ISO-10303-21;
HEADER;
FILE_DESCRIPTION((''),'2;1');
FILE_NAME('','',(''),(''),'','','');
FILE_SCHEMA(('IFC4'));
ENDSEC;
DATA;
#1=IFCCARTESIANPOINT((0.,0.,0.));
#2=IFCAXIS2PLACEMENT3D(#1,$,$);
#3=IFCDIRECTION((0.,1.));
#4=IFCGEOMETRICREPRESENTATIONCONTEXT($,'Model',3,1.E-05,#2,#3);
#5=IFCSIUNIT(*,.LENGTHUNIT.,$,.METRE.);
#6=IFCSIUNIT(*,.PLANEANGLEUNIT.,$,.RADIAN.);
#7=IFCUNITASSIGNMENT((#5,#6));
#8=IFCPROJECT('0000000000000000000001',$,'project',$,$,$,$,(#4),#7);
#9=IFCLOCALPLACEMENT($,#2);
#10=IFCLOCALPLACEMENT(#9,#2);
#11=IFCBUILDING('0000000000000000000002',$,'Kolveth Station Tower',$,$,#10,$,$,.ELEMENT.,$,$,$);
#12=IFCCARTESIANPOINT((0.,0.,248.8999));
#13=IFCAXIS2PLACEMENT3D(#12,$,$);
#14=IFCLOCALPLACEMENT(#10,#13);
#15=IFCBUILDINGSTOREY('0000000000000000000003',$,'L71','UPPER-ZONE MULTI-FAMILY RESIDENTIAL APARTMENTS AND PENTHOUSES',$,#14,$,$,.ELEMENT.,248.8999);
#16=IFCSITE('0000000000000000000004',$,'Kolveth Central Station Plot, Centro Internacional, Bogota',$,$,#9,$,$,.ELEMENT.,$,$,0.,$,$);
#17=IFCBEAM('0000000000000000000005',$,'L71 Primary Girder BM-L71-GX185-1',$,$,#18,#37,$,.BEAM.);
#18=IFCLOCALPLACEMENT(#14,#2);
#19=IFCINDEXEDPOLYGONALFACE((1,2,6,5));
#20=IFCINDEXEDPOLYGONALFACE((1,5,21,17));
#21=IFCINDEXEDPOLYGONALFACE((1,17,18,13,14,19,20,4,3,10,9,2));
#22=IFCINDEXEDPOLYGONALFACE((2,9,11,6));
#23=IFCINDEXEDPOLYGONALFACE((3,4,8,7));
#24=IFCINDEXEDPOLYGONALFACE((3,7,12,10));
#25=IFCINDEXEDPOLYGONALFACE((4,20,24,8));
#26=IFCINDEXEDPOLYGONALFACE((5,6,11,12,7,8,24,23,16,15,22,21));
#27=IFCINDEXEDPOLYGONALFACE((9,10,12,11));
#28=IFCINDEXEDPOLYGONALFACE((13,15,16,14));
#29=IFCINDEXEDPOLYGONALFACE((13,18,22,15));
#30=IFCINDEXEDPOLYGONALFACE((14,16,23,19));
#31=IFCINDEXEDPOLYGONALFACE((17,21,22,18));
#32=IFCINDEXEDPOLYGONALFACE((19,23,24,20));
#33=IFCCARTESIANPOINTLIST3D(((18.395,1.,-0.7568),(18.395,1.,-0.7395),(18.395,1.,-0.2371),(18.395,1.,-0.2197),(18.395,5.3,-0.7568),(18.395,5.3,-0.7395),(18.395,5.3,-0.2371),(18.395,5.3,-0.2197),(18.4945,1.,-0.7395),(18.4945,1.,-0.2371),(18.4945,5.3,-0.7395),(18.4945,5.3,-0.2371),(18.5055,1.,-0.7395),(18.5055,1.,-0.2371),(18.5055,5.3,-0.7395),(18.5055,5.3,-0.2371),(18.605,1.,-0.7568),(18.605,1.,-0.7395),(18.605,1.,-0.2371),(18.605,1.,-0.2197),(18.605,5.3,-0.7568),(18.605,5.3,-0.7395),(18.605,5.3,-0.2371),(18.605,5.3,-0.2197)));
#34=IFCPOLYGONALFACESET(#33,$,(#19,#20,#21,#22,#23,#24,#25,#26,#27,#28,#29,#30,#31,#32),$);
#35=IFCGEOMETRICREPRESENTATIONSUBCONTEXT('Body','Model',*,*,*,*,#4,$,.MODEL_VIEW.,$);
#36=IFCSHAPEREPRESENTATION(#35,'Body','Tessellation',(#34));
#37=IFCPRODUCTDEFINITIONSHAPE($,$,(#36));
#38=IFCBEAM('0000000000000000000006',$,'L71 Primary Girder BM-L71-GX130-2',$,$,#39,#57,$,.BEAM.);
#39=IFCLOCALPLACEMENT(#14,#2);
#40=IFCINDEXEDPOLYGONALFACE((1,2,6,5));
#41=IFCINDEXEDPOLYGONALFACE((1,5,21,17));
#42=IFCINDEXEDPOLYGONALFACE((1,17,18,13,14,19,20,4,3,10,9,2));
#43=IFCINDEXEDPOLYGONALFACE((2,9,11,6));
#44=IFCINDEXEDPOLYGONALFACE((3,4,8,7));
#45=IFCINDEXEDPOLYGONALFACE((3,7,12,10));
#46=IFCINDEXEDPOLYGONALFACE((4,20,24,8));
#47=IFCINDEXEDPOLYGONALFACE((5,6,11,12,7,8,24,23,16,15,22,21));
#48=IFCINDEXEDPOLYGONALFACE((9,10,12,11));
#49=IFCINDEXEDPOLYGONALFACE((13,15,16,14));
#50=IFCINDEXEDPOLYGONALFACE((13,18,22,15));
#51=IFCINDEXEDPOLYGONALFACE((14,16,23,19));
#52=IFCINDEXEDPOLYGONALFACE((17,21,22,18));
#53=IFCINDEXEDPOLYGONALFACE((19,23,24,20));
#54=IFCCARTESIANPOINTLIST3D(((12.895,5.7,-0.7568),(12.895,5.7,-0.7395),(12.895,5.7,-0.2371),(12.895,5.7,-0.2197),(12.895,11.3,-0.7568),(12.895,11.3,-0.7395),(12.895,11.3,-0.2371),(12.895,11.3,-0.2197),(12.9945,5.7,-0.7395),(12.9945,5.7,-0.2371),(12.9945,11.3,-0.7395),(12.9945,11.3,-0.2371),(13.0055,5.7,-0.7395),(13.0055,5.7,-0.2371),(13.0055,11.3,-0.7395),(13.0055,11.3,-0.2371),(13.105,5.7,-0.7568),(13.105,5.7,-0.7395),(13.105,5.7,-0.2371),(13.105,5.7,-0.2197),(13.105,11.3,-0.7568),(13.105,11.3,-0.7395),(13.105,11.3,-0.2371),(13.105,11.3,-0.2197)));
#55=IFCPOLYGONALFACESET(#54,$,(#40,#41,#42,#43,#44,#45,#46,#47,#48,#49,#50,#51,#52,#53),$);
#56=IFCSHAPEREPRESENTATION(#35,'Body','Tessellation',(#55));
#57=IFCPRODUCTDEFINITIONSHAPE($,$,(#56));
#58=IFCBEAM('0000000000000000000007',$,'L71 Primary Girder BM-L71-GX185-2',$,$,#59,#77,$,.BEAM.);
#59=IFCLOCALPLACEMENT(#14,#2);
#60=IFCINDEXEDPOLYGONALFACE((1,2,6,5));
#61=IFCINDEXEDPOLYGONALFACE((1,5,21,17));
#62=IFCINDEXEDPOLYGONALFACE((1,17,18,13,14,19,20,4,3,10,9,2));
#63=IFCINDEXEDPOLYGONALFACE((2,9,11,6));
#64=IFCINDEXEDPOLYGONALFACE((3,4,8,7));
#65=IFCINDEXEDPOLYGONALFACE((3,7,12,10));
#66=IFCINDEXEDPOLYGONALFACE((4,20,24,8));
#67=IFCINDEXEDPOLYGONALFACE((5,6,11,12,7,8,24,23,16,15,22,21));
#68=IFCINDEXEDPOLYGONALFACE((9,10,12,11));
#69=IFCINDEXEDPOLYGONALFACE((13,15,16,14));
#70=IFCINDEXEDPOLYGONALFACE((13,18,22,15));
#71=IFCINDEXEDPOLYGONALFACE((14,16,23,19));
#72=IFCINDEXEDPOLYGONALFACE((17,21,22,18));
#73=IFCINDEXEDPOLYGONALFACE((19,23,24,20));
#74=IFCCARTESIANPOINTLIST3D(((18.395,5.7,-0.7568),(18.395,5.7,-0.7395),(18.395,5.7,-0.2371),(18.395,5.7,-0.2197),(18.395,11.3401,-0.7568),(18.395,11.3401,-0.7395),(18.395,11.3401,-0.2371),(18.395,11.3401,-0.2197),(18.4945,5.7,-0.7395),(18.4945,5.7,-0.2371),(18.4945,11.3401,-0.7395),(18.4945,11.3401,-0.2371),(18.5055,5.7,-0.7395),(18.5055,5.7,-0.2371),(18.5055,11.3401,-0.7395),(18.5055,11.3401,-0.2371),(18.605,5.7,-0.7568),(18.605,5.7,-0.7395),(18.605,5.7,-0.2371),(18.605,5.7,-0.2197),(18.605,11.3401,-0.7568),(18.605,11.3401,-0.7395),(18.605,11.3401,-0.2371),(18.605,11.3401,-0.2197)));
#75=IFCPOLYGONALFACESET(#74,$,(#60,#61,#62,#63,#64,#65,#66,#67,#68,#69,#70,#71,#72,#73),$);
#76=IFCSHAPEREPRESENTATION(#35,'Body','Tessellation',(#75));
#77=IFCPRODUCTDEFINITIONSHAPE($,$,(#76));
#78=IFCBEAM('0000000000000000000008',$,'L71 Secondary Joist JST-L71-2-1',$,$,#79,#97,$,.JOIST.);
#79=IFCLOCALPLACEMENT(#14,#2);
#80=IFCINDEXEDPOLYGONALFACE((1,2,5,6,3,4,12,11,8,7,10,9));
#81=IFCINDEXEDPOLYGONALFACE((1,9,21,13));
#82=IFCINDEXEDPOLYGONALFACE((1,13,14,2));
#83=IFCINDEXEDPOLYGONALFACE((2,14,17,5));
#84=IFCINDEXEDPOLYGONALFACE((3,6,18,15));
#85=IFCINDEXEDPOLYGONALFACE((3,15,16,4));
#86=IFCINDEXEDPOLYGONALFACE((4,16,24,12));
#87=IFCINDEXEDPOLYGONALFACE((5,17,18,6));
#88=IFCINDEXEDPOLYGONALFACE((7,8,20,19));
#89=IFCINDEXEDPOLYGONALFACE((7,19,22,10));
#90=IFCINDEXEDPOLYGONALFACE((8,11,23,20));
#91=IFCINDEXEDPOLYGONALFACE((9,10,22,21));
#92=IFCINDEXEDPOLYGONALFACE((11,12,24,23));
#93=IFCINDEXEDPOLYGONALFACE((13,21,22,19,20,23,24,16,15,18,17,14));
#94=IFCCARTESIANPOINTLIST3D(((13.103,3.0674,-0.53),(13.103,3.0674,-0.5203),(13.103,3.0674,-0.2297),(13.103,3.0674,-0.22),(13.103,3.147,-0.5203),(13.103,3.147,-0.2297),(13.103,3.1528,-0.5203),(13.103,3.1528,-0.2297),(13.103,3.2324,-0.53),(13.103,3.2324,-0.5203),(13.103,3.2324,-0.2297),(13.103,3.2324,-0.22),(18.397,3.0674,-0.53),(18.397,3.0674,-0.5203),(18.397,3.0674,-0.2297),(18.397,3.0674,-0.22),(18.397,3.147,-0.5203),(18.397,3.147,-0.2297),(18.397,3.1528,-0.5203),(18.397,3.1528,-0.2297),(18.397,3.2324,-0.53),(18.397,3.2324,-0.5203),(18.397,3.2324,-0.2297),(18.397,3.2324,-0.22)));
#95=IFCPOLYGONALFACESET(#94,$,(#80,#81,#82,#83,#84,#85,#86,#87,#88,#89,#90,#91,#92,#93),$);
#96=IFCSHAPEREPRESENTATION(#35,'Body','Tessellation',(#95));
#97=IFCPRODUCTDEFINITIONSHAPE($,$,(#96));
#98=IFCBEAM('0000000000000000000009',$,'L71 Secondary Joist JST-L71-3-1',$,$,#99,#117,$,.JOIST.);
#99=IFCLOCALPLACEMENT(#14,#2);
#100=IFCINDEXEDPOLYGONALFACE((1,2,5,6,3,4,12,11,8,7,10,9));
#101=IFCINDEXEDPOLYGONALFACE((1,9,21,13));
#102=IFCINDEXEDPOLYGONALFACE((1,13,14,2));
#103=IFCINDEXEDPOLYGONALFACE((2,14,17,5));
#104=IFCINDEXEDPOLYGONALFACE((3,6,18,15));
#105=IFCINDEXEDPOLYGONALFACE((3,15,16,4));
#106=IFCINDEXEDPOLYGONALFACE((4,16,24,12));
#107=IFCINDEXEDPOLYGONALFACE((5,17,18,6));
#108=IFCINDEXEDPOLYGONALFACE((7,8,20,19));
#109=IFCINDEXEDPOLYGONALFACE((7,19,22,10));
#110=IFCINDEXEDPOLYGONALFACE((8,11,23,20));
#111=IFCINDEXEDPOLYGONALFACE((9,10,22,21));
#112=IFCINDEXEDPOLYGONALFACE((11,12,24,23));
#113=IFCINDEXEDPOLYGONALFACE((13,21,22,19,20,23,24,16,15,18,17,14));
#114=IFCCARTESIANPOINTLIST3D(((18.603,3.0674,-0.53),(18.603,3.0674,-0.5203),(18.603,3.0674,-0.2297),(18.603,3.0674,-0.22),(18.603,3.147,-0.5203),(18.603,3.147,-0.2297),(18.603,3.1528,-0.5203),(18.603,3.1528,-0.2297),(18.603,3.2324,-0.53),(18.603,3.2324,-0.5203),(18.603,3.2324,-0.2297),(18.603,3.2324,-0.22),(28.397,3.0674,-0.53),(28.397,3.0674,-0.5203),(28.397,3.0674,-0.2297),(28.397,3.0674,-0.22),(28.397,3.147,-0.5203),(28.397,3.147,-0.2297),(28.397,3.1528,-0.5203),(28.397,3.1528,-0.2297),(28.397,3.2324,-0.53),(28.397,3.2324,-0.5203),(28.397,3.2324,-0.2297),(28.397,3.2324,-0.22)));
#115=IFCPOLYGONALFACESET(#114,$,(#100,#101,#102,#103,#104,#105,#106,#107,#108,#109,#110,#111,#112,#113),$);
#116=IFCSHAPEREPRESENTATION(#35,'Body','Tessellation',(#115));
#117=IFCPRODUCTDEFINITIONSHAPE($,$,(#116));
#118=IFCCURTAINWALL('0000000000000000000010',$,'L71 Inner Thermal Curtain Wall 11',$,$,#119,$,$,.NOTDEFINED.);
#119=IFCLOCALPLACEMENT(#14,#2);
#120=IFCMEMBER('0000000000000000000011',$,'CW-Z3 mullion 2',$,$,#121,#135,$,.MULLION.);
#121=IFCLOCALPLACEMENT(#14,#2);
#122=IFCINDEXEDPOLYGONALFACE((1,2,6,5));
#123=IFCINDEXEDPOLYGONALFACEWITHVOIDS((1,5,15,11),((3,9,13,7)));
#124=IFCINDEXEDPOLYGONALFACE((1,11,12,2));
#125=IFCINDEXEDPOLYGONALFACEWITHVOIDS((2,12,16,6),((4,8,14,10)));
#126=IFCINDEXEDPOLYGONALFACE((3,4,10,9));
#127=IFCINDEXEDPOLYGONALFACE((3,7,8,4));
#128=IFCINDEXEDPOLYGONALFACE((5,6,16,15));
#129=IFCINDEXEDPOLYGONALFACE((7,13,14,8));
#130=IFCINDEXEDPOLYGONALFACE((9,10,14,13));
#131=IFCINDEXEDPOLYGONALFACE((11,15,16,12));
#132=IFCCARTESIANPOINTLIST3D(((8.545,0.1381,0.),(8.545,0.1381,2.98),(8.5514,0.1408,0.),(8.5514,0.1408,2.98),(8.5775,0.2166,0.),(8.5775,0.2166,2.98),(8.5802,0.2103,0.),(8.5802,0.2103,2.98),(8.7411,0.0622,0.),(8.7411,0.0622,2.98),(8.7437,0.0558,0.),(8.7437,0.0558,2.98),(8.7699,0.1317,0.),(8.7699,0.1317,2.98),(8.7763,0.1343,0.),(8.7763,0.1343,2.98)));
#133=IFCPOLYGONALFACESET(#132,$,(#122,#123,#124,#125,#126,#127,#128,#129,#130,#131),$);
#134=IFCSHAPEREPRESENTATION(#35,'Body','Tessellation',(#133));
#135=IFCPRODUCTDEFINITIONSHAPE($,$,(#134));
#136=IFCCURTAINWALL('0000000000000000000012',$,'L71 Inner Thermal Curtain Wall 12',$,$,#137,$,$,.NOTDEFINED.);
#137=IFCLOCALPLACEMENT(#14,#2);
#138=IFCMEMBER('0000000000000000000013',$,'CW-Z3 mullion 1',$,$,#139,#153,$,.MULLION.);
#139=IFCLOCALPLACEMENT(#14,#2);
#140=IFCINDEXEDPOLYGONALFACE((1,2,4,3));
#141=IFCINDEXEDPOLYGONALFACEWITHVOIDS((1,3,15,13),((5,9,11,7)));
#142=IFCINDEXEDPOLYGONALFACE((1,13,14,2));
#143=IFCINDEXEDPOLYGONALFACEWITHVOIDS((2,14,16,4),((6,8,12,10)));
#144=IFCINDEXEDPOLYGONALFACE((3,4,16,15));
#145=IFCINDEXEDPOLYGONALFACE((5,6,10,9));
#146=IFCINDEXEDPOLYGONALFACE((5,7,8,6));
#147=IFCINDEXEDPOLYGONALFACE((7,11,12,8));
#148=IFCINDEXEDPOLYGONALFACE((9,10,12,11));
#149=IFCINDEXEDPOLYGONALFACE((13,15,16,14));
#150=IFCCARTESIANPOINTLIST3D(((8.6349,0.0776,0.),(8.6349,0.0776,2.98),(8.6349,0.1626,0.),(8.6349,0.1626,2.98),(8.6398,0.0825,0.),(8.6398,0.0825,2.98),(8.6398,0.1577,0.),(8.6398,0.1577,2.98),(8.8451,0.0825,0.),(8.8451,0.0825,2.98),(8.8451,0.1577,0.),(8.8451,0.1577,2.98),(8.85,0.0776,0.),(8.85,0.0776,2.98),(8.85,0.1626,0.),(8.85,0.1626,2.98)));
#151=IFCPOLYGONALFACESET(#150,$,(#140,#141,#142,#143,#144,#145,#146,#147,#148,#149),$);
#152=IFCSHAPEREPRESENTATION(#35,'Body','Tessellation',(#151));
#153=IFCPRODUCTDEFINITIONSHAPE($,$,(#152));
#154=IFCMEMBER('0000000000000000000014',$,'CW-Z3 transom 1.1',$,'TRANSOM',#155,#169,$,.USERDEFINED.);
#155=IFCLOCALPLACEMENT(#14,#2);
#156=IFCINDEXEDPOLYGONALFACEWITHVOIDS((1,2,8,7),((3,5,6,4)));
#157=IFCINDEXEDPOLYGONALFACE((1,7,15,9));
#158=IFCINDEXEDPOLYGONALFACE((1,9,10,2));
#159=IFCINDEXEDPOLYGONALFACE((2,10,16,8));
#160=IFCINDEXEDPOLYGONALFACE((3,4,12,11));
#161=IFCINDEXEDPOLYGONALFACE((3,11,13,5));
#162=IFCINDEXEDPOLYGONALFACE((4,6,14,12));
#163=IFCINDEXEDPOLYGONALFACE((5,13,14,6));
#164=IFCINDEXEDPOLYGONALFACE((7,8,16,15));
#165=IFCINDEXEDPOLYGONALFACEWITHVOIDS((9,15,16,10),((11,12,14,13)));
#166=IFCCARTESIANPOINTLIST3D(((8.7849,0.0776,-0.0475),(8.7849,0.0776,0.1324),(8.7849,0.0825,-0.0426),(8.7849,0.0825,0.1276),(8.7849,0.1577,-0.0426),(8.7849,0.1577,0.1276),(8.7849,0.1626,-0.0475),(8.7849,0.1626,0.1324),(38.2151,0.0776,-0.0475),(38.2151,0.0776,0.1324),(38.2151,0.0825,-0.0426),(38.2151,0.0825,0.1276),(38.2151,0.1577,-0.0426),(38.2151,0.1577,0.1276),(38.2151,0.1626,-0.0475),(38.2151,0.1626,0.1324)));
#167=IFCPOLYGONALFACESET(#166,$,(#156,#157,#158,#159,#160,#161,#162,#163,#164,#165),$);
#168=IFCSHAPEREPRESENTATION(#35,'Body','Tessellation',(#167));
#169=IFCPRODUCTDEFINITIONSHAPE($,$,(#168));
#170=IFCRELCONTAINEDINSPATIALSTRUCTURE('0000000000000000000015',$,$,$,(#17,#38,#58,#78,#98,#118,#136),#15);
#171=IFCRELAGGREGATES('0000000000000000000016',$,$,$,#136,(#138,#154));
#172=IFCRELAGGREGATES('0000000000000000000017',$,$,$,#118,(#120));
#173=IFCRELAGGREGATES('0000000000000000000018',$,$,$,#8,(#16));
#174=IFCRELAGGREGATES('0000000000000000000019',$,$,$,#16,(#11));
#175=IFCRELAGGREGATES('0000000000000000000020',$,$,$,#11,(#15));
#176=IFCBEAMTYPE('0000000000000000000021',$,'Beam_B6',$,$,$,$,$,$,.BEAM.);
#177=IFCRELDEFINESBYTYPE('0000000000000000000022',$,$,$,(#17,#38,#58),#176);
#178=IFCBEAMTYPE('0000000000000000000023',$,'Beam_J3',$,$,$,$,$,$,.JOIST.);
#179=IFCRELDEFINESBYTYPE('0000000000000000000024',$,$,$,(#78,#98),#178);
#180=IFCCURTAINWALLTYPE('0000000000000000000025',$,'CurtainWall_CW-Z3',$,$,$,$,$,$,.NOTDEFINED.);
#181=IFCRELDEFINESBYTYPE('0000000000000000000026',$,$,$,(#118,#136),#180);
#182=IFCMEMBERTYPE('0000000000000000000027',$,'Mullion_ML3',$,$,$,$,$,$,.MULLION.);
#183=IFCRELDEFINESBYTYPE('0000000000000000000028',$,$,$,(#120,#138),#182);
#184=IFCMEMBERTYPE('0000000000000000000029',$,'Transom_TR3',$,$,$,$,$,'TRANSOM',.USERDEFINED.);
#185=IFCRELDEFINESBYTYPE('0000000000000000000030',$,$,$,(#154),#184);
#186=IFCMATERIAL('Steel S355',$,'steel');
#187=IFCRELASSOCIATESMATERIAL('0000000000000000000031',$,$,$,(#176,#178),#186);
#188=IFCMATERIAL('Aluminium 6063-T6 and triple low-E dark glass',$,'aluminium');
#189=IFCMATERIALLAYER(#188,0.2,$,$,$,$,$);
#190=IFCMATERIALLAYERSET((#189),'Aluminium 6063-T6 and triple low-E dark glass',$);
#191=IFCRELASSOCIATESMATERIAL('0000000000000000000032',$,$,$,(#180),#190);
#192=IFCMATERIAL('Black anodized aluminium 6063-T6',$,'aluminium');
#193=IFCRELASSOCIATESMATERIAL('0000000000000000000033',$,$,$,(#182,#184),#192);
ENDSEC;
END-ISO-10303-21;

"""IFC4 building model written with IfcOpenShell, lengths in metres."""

from ifc_helpers import new_model, si_unit, direction, frame, origin, origin_2d, place, context, subcontext, project, spatial, hollow_rectangle, i_section, extrude, source, transform, mapped, material, layer, layer_set, material_profile, profile_set, type_object, element, aggregate, save


model = new_model("IFC4")

# Units and contexts
model_context = context("Model", 3, precision=1e-05, world=origin(), true_north=direction((0.0, 1.0)))
body_context = subcontext(model_context, "Body", "Model", "MODEL_VIEW")
ifc_project = project(units=[si_unit("LENGTHUNIT", "METRE"), si_unit("PLANEANGLEUNIT", "RADIAN")], contexts=[model_context])

# Site, building, storey
site_placement = place(None, origin())
site = spatial("IfcSite", under=ifc_project, at=site_placement, Name="Kolveth Central Station Plot, Centro Internacional, Bogota", CompositionType="ELEMENT", RefElevation=0.0)
building_placement = place(site_placement, origin())
building = spatial("IfcBuilding", under=site, at=building_placement, Name="Kolveth Station Tower", CompositionType="ELEMENT")
storey_placement = place(building_placement, frame((0.0, 0.0, 248.8999)))
storey = spatial("IfcBuildingStorey", under=building, at=storey_placement, Name="L71", Description="UPPER-ZONE MULTI-FAMILY RESIDENTIAL APARTMENTS AND PENTHOUSES", CompositionType="ELEMENT", Elevation=248.8999)

# Shared definitions
ifc_material_1 = material(Name="Steel S355", Category="steel")

# Beams
ifc_material_profile_1 = material_profile(ifc_material_1, i_section(OverallWidth=0.21, OverallDepth=0.5371, WebThickness=0.011, FlangeThickness=0.0173, at=origin_2d()), Name="W530x101")
ifc_profile_set_1 = profile_set([ifc_material_profile_1], Name="Steel S355")
beam_type_1 = type_object("IfcBeamType", Name="Beam_B6", PredefinedType="BEAM", material=ifc_profile_set_1)
shared_shape_1 = source(origin(), body_context, "Body", "SweptSolid", [
    extrude(i_section(OverallWidth=0.21, OverallDepth=0.5371, WebThickness=0.011, FlangeThickness=0.0173, at=origin_2d()), origin(), (0.0, 0.0, 1.0), 4.3),
])
for number, where, z_axis, x_axis, name in (
    (1, (18.5, 1.0, -0.4883), (0.0, 1.0, 0.0), (-1.0, 0.0, 0.0), "L71 Primary Girder BM-L71-GX185-1"),
):
    element("IfcBeam", number, at=place(storey_placement, frame(where, z_axis=z_axis, x_axis=x_axis)), inside=storey, type_object=beam_type_1, Name=name, PredefinedType="BEAM", context=body_context, shape_type="MappedRepresentation", body=[
        mapped(shared_shape_1, transform((0.0, 0.0, 0.0), x_axis=(1.0, 0.0, 0.0), y_axis=(0.0, 1.0, 0.0), z_axis=(0.0, 0.0, 1.0), scale=1.0)),
    ])
shared_shape_2 = source(origin(), body_context, "Body", "SweptSolid", [
    extrude(i_section(OverallWidth=0.21, OverallDepth=0.5371, WebThickness=0.011, FlangeThickness=0.0173, at=origin_2d()), origin(), (0.0, 0.0, 1.0), 5.6001),
])
beam_1_placement = place(storey_placement, frame((13.0, 5.7, -0.4883), z_axis=(0.0, 1.0, 0.0), x_axis=(-1.0, 0.0, 0.0)))
element("IfcBeam", 2, at=beam_1_placement, inside=storey, type_object=beam_type_1, Name="L71 Primary Girder BM-L71-GX130-2", PredefinedType="BEAM", context=body_context, shape_type="MappedRepresentation", body=[
    mapped(shared_shape_2, transform((0.0, 0.0, 0.0), x_axis=(1.0, 0.0, 0.0), y_axis=(0.0, 1.0, 0.0), z_axis=(0.0, 0.0, 1.0), scale=1.0)),
])
shared_shape_3 = source(origin(), body_context, "Body", "SweptSolid", [
    extrude(i_section(OverallWidth=0.21, OverallDepth=0.5371, WebThickness=0.011, FlangeThickness=0.0173, at=origin_2d()), origin(), (0.0, 0.0, 1.0), 5.6401),
])
beam_2_placement = place(storey_placement, frame((18.5, 5.7, -0.4883), z_axis=(0.0, 1.0, 0.0), x_axis=(-1.0, 0.0, 0.0)))
element("IfcBeam", 3, at=beam_2_placement, inside=storey, type_object=beam_type_1, Name="L71 Primary Girder BM-L71-GX185-2", PredefinedType="BEAM", context=body_context, shape_type="MappedRepresentation", body=[
    mapped(shared_shape_3, transform((0.0, 0.0, 0.0), x_axis=(1.0, 0.0, 0.0), y_axis=(0.0, 1.0, 0.0), z_axis=(0.0, 0.0, 1.0), scale=1.0)),
])
ifc_material_profile_2 = material_profile(ifc_material_1, i_section(OverallWidth=0.165, OverallDepth=0.3101, WebThickness=0.0059, FlangeThickness=0.0098, at=origin_2d()), Name="W310x39")
ifc_profile_set_2 = profile_set([ifc_material_profile_2], Name="Steel S355")
beam_type_2 = type_object("IfcBeamType", Name="Beam_J3", PredefinedType="JOIST", material=ifc_profile_set_2)
shared_shape_4 = source(origin(), body_context, "Body", "SweptSolid", [
    extrude(i_section(OverallWidth=0.165, OverallDepth=0.3101, WebThickness=0.0059, FlangeThickness=0.0098, at=origin_2d()), origin(), (0.0, 0.0, 1.0), 5.2939),
])
beam_3_placement = place(storey_placement, frame((13.103, 3.1499, -0.375), z_axis=(1.0, 0.0, 0.0), x_axis=(0.0, 1.0, 0.0)))
element("IfcBeam", 4, at=beam_3_placement, inside=storey, type_object=beam_type_2, Name="L71 Secondary Joist JST-L71-2-1", PredefinedType="JOIST", context=body_context, shape_type="MappedRepresentation", body=[
    mapped(shared_shape_4, transform((0.0, 0.0, 0.0), x_axis=(1.0, 0.0, 0.0), y_axis=(0.0, 1.0, 0.0), z_axis=(0.0, 0.0, 1.0), scale=1.0)),
])
shared_shape_5 = source(origin(), body_context, "Body", "SweptSolid", [
    extrude(i_section(OverallWidth=0.165, OverallDepth=0.3101, WebThickness=0.0059, FlangeThickness=0.0098, at=origin_2d()), origin(), (0.0, 0.0, 1.0), 9.7939),
])
beam_4_placement = place(storey_placement, frame((18.603, 3.1499, -0.375), z_axis=(1.0, 0.0, 0.0), x_axis=(0.0, 1.0, 0.0)))
element("IfcBeam", 5, at=beam_4_placement, inside=storey, type_object=beam_type_2, Name="L71 Secondary Joist JST-L71-3-1", PredefinedType="JOIST", context=body_context, shape_type="MappedRepresentation", body=[
    mapped(shared_shape_5, transform((0.0, 0.0, 0.0), x_axis=(1.0, 0.0, 0.0), y_axis=(0.0, 1.0, 0.0), z_axis=(0.0, 0.0, 1.0), scale=1.0)),
])

# Curtain wall, member
ifc_material_2 = material(Name="Aluminium 6063-T6 and triple low-E dark glass", Category="aluminium")
ifc_layer_1 = layer(ifc_material_2, 0.2)
ifc_layer_set_1 = layer_set([ifc_layer_1], Name="Aluminium 6063-T6 and triple low-E dark glass")
curtain_wall_type_1 = type_object("IfcCurtainWallType", Name="CurtainWall_CW-Z3", PredefinedType="NOTDEFINED", material=ifc_layer_set_1)
curtain_wall_1_placement = place(storey_placement, origin())
curtain_wall_1 = element("IfcCurtainWall", 6, at=curtain_wall_1_placement, inside=storey, type_object=curtain_wall_type_1, Name="L71 Inner Thermal Curtain Wall 11", PredefinedType="NOTDEFINED")
ifc_material_3 = material(Name="Black anodized aluminium 6063-T6", Category="aluminium")
ifc_material_profile_3 = material_profile(ifc_material_3, hollow_rectangle(XDim=0.085, YDim=0.2151, WallThickness=0.0049, at=origin_2d()), Name="ALU-85x215x5")
ifc_profile_set_3 = profile_set([ifc_material_profile_3], Name="Black anodized aluminium 6063-T6")
member_type_1 = type_object("IfcMemberType", Name="Mullion_ML3", PredefinedType="MULLION", material=ifc_profile_set_3)
shared_shape_6 = source(origin(), body_context, "Body", "SweptSolid", [
    extrude(hollow_rectangle(XDim=0.085, YDim=0.2151, WallThickness=0.0049, at=origin_2d()), origin(), (0.0, 0.0, 1.0), 2.98),
])
member_1_placement = place(storey_placement, frame((8.6606, 0.1362, 0.0), z_axis=(0.0, 0.0, 1.0), x_axis=(0.382693, 0.923875, 0.0)))
member_1 = element("IfcMember", 7, at=member_1_placement, type_object=member_type_1, Name="CW-Z3 mullion 2", PredefinedType="MULLION", context=body_context, shape_type="MappedRepresentation", body=[
    mapped(shared_shape_6, transform((0.0, 0.0, 0.0), x_axis=(1.0, 0.0, 0.0), y_axis=(0.0, 1.0, 0.0), z_axis=(0.0, 0.0, 1.0), scale=1.0)),
])

# Curtain wall, members
curtain_wall_2_placement = place(storey_placement, origin())
curtain_wall_2 = element("IfcCurtainWall", 8, at=curtain_wall_2_placement, inside=storey, type_object=curtain_wall_type_1, Name="L71 Inner Thermal Curtain Wall 12", PredefinedType="NOTDEFINED")
member_2_placement = place(storey_placement, frame((8.7424, 0.1201, 0.0), z_axis=(0.0, 0.0, 1.0), x_axis=(0.0, 1.0, 0.0)))
member_2 = element("IfcMember", 9, at=member_2_placement, type_object=member_type_1, Name="CW-Z3 mullion 1", PredefinedType="MULLION", context=body_context, shape_type="MappedRepresentation", body=[
    mapped(shared_shape_6, transform((0.0, 0.0, 0.0), x_axis=(1.0, 0.0, 0.0), y_axis=(0.0, 1.0, 0.0), z_axis=(0.0, 0.0, 1.0), scale=1.0)),
])
ifc_material_profile_4 = material_profile(ifc_material_3, hollow_rectangle(XDim=0.085, YDim=0.1799, WallThickness=0.0049, at=origin_2d()), Name="ALU-85x180x5")
ifc_profile_set_4 = profile_set([ifc_material_profile_4], Name="Black anodized aluminium 6063-T6")
member_type_2 = type_object("IfcMemberType", Name="Transom_TR3", ElementType="TRANSOM", PredefinedType="USERDEFINED", material=ifc_profile_set_4)
shared_shape_7 = source(origin(), body_context, "Body", "SweptSolid", [
    extrude(hollow_rectangle(XDim=0.085, YDim=0.1799, WallThickness=0.0049, at=origin_2d()), origin(), (0.0, 0.0, 1.0), 29.4302),
])
member_3_placement = place(storey_placement, frame((8.7849, 0.1201, 0.0425), z_axis=(1.0, 0.0, 0.0), x_axis=(0.0, 1.0, 0.0)))
member_3 = element("IfcMember", 10, at=member_3_placement, type_object=member_type_2, Name="CW-Z3 transom 1.1", ObjectType="TRANSOM", PredefinedType="USERDEFINED", context=body_context, shape_type="MappedRepresentation", body=[
    mapped(shared_shape_7, transform((0.0, 0.0, 0.0), x_axis=(1.0, 0.0, 0.0), y_axis=(0.0, 1.0, 0.0), z_axis=(0.0, 0.0, 1.0), scale=1.0)),
])
aggregate(curtain_wall_2, [member_2, member_3])

aggregate(curtain_wall_1, [member_1])

save(model, "model.ifc")
